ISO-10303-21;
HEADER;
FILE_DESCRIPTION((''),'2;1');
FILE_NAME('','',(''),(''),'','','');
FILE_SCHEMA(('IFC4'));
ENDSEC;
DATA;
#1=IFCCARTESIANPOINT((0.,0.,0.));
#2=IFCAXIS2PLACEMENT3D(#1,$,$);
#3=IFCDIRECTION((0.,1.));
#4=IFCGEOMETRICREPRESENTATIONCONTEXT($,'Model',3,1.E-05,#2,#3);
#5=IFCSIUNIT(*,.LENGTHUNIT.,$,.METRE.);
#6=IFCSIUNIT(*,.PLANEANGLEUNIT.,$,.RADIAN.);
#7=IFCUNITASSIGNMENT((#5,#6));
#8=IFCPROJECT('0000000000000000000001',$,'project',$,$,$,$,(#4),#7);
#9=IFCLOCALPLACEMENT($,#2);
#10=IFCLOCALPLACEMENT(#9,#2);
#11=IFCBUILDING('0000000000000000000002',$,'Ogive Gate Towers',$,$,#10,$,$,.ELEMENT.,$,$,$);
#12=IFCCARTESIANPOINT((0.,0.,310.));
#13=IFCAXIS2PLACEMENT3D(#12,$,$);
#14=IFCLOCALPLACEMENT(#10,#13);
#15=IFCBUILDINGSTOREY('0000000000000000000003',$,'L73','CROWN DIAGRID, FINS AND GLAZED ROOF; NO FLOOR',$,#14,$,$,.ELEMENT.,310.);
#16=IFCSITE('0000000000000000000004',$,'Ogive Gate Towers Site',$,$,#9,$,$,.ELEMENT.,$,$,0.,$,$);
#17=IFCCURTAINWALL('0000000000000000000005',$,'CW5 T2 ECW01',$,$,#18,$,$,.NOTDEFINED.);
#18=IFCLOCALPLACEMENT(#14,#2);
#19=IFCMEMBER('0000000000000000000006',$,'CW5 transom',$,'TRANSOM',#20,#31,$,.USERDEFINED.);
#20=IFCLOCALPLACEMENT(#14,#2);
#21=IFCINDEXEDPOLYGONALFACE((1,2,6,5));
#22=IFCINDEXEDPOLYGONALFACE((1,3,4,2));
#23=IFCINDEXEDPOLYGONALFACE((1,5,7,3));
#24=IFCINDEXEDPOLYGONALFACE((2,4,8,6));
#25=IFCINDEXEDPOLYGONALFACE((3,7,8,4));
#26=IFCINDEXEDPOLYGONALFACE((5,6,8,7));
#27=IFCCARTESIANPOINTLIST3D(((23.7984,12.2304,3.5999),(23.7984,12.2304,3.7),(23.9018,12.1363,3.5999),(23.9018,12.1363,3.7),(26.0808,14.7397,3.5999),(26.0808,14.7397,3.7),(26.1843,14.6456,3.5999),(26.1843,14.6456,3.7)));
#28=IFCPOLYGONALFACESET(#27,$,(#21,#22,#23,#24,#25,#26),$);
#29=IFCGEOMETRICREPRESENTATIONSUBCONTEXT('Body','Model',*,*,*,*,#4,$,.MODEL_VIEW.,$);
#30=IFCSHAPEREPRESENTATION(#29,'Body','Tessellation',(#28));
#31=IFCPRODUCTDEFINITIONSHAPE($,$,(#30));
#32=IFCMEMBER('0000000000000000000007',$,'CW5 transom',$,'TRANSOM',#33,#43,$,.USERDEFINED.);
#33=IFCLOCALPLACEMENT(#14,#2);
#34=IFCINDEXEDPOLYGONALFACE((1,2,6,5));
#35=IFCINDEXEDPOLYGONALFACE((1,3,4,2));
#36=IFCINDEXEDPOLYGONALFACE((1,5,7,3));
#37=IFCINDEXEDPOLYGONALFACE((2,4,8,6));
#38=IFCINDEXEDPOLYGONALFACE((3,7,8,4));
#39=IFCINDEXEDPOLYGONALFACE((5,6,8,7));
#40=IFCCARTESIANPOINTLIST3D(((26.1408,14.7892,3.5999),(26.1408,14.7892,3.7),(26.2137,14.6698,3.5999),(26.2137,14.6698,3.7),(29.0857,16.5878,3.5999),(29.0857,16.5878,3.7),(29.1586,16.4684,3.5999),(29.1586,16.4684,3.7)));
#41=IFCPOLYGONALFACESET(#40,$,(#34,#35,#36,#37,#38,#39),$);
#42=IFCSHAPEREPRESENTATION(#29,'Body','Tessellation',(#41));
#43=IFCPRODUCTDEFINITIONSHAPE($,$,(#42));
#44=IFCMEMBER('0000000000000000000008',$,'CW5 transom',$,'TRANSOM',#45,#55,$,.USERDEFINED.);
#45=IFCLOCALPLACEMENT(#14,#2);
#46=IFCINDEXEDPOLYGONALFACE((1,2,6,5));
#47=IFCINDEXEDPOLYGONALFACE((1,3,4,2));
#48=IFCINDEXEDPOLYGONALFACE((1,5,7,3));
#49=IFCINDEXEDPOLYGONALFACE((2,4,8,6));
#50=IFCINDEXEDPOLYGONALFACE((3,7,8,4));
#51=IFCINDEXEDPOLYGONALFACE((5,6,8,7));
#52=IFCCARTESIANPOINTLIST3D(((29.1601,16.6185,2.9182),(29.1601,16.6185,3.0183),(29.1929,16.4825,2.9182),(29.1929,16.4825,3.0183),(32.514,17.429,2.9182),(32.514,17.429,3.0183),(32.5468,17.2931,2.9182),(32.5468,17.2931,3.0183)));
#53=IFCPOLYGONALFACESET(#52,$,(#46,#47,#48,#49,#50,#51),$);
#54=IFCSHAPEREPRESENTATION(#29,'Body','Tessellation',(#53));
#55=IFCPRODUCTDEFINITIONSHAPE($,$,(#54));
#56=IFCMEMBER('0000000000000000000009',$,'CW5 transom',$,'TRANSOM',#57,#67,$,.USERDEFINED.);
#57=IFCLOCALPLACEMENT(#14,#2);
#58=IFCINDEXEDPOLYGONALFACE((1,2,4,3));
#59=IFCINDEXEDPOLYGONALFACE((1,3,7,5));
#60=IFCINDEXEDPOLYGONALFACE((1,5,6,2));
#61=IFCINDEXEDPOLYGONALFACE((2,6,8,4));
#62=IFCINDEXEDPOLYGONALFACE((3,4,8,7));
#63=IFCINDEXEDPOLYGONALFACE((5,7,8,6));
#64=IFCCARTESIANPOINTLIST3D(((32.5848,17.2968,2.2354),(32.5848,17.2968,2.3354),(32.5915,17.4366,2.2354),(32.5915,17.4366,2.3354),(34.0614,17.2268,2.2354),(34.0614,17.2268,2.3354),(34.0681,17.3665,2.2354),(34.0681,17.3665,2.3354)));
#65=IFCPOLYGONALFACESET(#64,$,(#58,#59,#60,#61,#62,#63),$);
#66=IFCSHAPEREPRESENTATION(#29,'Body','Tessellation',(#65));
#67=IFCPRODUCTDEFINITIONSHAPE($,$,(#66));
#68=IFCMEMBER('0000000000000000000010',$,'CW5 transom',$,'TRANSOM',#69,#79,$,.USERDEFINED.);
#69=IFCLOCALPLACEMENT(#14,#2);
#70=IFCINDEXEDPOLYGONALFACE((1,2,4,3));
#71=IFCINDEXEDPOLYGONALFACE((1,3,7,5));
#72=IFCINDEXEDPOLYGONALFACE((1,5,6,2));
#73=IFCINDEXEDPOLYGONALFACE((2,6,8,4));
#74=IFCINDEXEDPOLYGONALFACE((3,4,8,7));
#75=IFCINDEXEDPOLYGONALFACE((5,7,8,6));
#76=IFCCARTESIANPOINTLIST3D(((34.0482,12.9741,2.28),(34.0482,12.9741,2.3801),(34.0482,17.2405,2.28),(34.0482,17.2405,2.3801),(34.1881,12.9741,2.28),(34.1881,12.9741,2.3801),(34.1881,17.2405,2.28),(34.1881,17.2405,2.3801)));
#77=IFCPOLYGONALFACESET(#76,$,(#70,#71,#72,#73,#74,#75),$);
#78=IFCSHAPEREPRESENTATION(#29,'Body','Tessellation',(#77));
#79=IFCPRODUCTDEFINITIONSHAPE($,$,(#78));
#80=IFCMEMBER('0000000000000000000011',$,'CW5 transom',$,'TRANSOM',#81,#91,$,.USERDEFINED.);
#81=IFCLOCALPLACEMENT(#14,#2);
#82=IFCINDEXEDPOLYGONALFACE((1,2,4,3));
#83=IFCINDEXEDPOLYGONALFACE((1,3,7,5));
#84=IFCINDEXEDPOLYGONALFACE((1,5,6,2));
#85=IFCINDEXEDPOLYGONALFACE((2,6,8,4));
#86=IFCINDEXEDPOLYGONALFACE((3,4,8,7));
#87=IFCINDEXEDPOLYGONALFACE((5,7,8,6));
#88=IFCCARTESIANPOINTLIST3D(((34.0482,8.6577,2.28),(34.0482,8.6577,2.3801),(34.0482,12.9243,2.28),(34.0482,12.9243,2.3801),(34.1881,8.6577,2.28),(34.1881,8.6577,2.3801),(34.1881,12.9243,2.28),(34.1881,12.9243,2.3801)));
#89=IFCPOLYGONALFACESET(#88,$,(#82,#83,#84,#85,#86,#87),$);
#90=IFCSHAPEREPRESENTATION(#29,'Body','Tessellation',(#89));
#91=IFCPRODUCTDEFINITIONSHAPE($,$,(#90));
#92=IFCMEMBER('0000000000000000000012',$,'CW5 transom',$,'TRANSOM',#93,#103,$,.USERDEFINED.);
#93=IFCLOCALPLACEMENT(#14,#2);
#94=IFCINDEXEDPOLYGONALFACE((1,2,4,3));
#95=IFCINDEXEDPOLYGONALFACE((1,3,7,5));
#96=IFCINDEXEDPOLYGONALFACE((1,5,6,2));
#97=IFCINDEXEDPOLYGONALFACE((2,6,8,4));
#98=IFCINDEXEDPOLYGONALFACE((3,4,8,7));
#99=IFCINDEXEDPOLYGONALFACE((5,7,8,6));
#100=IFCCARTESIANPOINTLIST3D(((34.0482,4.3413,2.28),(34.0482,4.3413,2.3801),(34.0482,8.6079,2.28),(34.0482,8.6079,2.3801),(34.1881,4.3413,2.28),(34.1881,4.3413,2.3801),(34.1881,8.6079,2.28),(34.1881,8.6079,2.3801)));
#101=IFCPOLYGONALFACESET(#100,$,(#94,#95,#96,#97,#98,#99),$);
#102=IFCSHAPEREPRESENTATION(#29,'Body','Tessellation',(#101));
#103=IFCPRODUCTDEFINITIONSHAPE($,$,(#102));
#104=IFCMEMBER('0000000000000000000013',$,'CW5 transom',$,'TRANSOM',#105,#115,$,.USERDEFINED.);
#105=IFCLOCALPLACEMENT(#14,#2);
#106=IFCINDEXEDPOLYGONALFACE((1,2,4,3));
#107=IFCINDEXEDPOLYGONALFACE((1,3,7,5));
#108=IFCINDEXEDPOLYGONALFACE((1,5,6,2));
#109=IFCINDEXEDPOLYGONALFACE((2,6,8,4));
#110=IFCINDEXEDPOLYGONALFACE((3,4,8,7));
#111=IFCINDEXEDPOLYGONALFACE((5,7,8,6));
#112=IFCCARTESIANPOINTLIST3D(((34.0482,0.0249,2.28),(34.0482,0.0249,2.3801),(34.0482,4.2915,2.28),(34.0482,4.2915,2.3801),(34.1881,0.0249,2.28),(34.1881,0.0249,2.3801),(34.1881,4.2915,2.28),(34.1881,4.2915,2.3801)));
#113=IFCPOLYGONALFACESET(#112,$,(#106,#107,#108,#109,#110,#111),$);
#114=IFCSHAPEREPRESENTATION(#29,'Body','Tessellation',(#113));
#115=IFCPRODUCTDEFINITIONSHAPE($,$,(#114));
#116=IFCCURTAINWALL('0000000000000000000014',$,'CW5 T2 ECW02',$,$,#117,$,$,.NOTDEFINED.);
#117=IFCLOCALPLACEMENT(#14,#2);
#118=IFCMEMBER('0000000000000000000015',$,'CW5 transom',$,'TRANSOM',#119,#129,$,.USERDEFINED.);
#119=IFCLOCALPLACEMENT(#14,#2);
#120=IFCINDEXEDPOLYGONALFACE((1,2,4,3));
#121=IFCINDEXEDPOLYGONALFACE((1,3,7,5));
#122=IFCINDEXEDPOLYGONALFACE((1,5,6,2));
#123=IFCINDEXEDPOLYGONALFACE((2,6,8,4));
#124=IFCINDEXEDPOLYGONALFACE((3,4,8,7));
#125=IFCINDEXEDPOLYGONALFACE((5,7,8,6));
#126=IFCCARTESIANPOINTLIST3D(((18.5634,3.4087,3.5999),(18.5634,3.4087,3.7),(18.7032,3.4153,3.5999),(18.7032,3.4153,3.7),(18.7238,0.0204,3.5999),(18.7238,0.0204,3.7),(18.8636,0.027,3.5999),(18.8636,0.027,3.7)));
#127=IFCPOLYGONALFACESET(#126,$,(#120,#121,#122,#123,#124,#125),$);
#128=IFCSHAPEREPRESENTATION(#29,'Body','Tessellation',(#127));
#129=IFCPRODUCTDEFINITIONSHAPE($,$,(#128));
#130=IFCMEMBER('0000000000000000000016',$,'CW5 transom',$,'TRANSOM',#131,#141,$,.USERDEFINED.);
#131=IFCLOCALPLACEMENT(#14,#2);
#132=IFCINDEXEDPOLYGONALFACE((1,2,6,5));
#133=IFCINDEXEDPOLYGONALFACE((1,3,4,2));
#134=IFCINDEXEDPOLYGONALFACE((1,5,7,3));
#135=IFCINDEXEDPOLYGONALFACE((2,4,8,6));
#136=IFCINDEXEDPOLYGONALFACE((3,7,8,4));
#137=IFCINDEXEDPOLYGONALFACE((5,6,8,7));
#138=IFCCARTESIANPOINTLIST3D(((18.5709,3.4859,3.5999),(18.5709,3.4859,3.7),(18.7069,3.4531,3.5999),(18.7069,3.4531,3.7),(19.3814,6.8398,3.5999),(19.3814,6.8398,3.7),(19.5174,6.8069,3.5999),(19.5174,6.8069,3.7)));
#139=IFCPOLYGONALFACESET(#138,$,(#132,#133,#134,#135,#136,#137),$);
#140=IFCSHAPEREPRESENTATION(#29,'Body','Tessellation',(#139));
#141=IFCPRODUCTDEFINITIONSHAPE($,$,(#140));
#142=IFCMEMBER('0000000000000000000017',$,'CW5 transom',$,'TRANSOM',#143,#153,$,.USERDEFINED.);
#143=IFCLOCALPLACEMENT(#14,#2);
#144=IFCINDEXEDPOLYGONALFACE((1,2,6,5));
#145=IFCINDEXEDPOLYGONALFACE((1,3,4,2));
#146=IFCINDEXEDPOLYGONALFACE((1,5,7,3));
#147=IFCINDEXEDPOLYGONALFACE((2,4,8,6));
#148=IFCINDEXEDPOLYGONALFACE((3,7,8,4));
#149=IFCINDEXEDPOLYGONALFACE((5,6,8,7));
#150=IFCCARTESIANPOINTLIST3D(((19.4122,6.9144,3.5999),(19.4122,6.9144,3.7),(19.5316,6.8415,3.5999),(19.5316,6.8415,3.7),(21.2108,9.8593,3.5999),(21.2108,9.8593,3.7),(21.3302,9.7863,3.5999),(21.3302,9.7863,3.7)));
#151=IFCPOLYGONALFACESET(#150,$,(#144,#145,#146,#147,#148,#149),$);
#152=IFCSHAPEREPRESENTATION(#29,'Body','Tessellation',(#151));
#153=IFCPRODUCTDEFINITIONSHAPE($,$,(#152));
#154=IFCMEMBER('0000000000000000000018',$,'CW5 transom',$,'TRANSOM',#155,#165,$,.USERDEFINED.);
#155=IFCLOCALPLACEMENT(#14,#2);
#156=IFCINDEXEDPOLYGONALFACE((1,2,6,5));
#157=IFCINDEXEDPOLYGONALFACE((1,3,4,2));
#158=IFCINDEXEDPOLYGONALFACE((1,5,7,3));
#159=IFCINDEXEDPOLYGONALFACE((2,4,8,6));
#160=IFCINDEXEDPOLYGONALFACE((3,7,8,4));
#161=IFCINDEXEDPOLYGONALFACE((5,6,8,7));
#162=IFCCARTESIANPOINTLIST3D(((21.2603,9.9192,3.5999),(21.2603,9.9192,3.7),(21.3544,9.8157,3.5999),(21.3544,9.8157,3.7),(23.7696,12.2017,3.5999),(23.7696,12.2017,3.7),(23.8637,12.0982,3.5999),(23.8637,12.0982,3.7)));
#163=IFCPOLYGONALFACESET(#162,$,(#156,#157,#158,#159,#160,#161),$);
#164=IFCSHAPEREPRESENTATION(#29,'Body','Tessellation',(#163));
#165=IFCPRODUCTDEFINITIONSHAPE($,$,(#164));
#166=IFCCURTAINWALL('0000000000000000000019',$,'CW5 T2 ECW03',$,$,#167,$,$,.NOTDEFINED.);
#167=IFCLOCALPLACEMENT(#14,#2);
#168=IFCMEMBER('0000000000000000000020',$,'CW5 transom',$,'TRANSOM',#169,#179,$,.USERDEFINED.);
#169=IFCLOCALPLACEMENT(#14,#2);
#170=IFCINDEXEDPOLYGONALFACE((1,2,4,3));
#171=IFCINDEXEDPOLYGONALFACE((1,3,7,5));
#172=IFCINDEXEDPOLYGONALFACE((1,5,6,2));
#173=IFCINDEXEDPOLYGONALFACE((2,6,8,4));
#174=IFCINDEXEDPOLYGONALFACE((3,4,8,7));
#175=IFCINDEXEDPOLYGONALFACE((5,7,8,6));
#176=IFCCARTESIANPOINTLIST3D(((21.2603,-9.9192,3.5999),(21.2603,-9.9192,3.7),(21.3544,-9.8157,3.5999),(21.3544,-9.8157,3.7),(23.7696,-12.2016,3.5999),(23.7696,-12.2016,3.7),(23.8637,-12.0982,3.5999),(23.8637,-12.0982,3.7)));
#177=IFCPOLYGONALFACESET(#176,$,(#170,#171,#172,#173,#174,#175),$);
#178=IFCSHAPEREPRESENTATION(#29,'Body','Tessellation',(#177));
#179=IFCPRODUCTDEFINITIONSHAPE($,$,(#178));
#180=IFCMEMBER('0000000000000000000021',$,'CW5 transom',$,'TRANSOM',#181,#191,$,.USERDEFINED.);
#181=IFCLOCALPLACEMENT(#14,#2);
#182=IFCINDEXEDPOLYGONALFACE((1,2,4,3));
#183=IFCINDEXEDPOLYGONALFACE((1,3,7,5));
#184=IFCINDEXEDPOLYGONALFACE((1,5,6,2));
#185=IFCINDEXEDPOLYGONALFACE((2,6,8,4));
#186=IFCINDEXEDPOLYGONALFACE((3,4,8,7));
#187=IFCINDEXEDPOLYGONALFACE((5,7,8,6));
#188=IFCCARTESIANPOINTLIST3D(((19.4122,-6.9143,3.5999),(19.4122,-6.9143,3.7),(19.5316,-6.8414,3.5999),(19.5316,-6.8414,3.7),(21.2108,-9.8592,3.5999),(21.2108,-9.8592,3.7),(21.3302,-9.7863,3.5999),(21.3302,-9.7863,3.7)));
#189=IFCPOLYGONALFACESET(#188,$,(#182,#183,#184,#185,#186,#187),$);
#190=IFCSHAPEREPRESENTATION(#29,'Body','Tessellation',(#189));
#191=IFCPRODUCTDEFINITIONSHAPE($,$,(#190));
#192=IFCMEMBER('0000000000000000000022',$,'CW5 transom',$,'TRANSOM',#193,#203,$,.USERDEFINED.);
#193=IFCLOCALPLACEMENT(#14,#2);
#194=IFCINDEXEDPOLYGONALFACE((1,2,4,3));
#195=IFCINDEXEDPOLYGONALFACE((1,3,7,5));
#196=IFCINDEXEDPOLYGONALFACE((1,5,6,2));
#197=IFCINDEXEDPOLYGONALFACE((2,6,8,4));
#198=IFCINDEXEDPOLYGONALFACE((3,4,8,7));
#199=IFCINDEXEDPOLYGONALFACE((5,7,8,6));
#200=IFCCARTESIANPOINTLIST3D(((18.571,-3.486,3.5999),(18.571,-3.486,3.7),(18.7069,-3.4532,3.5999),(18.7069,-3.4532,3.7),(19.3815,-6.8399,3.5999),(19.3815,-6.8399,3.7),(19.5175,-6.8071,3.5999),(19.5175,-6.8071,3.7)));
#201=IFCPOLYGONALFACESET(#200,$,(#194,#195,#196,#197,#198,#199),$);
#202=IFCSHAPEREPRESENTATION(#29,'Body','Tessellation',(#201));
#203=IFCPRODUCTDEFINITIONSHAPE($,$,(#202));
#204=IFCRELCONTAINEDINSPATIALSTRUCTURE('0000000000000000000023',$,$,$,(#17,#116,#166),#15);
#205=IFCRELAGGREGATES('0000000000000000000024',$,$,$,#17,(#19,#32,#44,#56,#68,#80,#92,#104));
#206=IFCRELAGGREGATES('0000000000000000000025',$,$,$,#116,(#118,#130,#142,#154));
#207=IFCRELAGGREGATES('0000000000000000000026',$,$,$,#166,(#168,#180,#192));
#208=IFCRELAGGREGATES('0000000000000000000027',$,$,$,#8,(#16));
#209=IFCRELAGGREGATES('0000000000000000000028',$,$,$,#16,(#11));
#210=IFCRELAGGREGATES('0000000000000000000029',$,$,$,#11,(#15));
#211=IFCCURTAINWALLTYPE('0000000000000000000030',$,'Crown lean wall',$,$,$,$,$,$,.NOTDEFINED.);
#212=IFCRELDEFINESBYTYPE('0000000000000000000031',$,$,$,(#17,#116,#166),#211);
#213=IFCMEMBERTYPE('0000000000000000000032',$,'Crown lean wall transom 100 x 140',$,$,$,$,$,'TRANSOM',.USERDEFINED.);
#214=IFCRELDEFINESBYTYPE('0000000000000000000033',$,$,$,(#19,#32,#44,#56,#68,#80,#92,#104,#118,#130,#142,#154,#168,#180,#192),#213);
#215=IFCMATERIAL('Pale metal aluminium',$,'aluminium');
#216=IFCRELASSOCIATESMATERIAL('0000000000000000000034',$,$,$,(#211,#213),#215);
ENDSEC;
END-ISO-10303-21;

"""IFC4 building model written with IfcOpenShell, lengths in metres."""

from ifc_helpers import new_model, si_unit, direction, frame, origin, origin_2d, place, context, subcontext, project, spatial, rectangle, extrude, material, material_profile, profile_set, type_object, element, aggregate, save


model = new_model("IFC4")

# Units and contexts
model_context = context("Model", 3, precision=1e-05, world=origin(), true_north=direction((0.0, 1.0)))
body_context = subcontext(model_context, "Body", "Model", "MODEL_VIEW")
ifc_project = project(units=[si_unit("LENGTHUNIT", "METRE"), si_unit("PLANEANGLEUNIT", "RADIAN")], contexts=[model_context])

# Site, building, storey
site_placement = place(None, origin())
site = spatial("IfcSite", under=ifc_project, at=site_placement, Name="Ogive Gate Towers Site", CompositionType="ELEMENT", RefElevation=0.0)
building_placement = place(site_placement, origin())
building = spatial("IfcBuilding", under=site, at=building_placement, Name="Ogive Gate Towers", CompositionType="ELEMENT")
storey_placement = place(building_placement, frame((0.0, 0.0, 310.0)))
storey = spatial("IfcBuildingStorey", under=building, at=storey_placement, Name="L73", Description="CROWN DIAGRID, FINS AND GLAZED ROOF; NO FLOOR", CompositionType="ELEMENT", Elevation=310.0)

# Curtain walls, members
ifc_material_1 = material(Name="Pale metal aluminium", Category="aluminium")
curtain_wall_type = type_object("IfcCurtainWallType", Name="Crown lean wall", PredefinedType="NOTDEFINED", material=ifc_material_1)
curtain_wall_1_placement = place(storey_placement, origin())
curtain_wall_1 = element("IfcCurtainWall", 1, at=curtain_wall_1_placement, inside=storey, type_object=curtain_wall_type, Name="CW5 T2 ECW01", PredefinedType="NOTDEFINED")
ifc_material_profile_1 = material_profile(ifc_material_1, rectangle(XDim=0.1399, YDim=0.1001, at=origin_2d()), Name="100 x 140 aluminium box")
ifc_profile_set_1 = profile_set([ifc_material_profile_1], Name="Pale metal aluminium")
member_type = type_object("IfcMemberType", Name="Crown lean wall transom 100 x 140", ElementType="TRANSOM", PredefinedType="USERDEFINED", material=ifc_profile_set_1)
member_1_placement = place(storey_placement, frame((23.8501, 12.1833, 3.6499), z_axis=(0.672884, 0.739748, 0.0), x_axis=(-0.739748, 0.672884, 0.0)))
member_1 = element("IfcMember", 2, at=member_1_placement, type_object=member_type, Name="CW5 transom", ObjectType="TRANSOM", PredefinedType="USERDEFINED", context=body_context, shape_type="SweptSolid", body=[
    extrude(rectangle(XDim=0.1399, YDim=0.1001, at=origin_2d()), origin(), (0.0, 0.0, 1.0), 3.3921),
])
member_2_placement = place(storey_placement, frame((26.1772, 14.7295, 3.6499), z_axis=(0.853415, 0.521232, 0.0), x_axis=(-0.521232, 0.853415, 0.0)))
member_2 = element("IfcMember", 3, at=member_2_placement, type_object=member_type, Name="CW5 transom", ObjectType="TRANSOM", PredefinedType="USERDEFINED", context=body_context, shape_type="SweptSolid", body=[
    extrude(rectangle(XDim=0.1399, YDim=0.1001, at=origin_2d()), origin(), (0.0, 0.0, 1.0), 3.4507),
])
member_3_placement = place(storey_placement, frame((29.1765, 16.5505, 2.9683), z_axis=(0.972019, 0.234903, 0.0), x_axis=(-0.234903, 0.972019, 0.0)))
member_3 = element("IfcMember", 4, at=member_3_placement, type_object=member_type, Name="CW5 transom", ObjectType="TRANSOM", PredefinedType="USERDEFINED", context=body_context, shape_type="SweptSolid", body=[
    extrude(rectangle(XDim=0.1399, YDim=0.1001, at=origin_2d()), origin(), (0.0, 0.0, 1.0), 3.4504),
])
member_4_placement = place(storey_placement, frame((32.5881, 17.3667, 2.2854), z_axis=(0.998876, -0.0474, 0.0), x_axis=(0.0474, 0.998876, 0.0)))
member_4 = element("IfcMember", 5, at=member_4_placement, type_object=member_type, Name="CW5 transom", ObjectType="TRANSOM", PredefinedType="USERDEFINED", context=body_context, shape_type="SweptSolid", body=[
    extrude(rectangle(XDim=0.1399, YDim=0.1001, at=origin_2d()), origin(), (0.0, 0.0, 1.0), 1.4783),
])
member_5_placement = place(storey_placement, frame((34.1182, 17.2405, 2.3301), z_axis=(0.0, -1.0, 0.0), x_axis=(1.0, 0.0, 0.0)))
member_5 = element("IfcMember", 6, at=member_5_placement, type_object=member_type, Name="CW5 transom", ObjectType="TRANSOM", PredefinedType="USERDEFINED", context=body_context, shape_type="SweptSolid", body=[
    extrude(rectangle(XDim=0.1399, YDim=0.1001, at=origin_2d()), origin(), (0.0, 0.0, 1.0), 4.2664),
])
member_6_placement = place(storey_placement, frame((34.1182, 12.9243, 2.3301), z_axis=(0.0, -1.0, 0.0), x_axis=(1.0, 0.0, 0.0)))
member_6 = element("IfcMember", 7, at=member_6_placement, type_object=member_type, Name="CW5 transom", ObjectType="TRANSOM", PredefinedType="USERDEFINED", context=body_context, shape_type="SweptSolid", body=[
    extrude(rectangle(XDim=0.1399, YDim=0.1001, at=origin_2d()), origin(), (0.0, 0.0, 1.0), 4.2666),
])
member_7_placement = place(storey_placement, frame((34.1182, 8.6079, 2.3301), z_axis=(0.0, -1.0, 0.0), x_axis=(1.0, 0.0, 0.0)))
member_7 = element("IfcMember", 8, at=member_7_placement, type_object=member_type, Name="CW5 transom", ObjectType="TRANSOM", PredefinedType="USERDEFINED", context=body_context, shape_type="SweptSolid", body=[
    extrude(rectangle(XDim=0.1399, YDim=0.1001, at=origin_2d()), origin(), (0.0, 0.0, 1.0), 4.2666),
])
member_8_placement = place(storey_placement, frame((34.1182, 4.2915, 2.3301), z_axis=(0.0, -1.0, 0.0), x_axis=(1.0, 0.0, 0.0)))
member_8 = element("IfcMember", 9, at=member_8_placement, type_object=member_type, Name="CW5 transom", ObjectType="TRANSOM", PredefinedType="USERDEFINED", context=body_context, shape_type="SweptSolid", body=[
    extrude(rectangle(XDim=0.1399, YDim=0.1001, at=origin_2d()), origin(), (0.0, 0.0, 1.0), 4.2666),
])
aggregate(curtain_wall_1, [member_1, member_2, member_3, member_4, member_5, member_6, member_7, member_8])
curtain_wall_2_placement = place(storey_placement, origin())
curtain_wall_2 = element("IfcCurtainWall", 10, at=curtain_wall_2_placement, inside=storey, type_object=curtain_wall_type, Name="CW5 T2 ECW02", PredefinedType="NOTDEFINED")
member_9_placement = place(storey_placement, frame((18.7937, 0.0237, 3.6499), z_axis=(-0.047288, 0.998881, 0.0), x_axis=(-0.998881, -0.047288, 0.0)))
member_9 = element("IfcMember", 11, at=member_9_placement, type_object=member_type, Name="CW5 transom", ObjectType="TRANSOM", PredefinedType="USERDEFINED", context=body_context, shape_type="SweptSolid", body=[
    extrude(rectangle(XDim=0.1399, YDim=0.1001, at=origin_2d()), origin(), (0.0, 0.0, 1.0), 3.3921),
])
member_10_placement = place(storey_placement, frame((18.6389, 3.4695, 3.6499), z_axis=(0.234903, 0.972019, 0.0), x_axis=(-0.972019, 0.234903, 0.0)))
member_10 = element("IfcMember", 12, at=member_10_placement, type_object=member_type, Name="CW5 transom", ObjectType="TRANSOM", PredefinedType="USERDEFINED", context=body_context, shape_type="SweptSolid", body=[
    extrude(rectangle(XDim=0.1399, YDim=0.1001, at=origin_2d()), origin(), (0.0, 0.0, 1.0), 3.4504),
])
member_11_placement = place(storey_placement, frame((19.4719, 6.8779, 3.6499), z_axis=(0.521232, 0.853415, 0.0), x_axis=(-0.853415, 0.521232, 0.0)))
member_11 = element("IfcMember", 13, at=member_11_placement, type_object=member_type, Name="CW5 transom", ObjectType="TRANSOM", PredefinedType="USERDEFINED", context=body_context, shape_type="SweptSolid", body=[
    extrude(rectangle(XDim=0.1399, YDim=0.1001, at=origin_2d()), origin(), (0.0, 0.0, 1.0), 3.4507),
])
member_12_placement = place(storey_placement, frame((21.3074, 9.8674, 3.6499), z_axis=(0.739748, 0.672884, 0.0), x_axis=(-0.672884, 0.739748, 0.0)))
member_12 = element("IfcMember", 14, at=member_12_placement, type_object=member_type, Name="CW5 transom", ObjectType="TRANSOM", PredefinedType="USERDEFINED", context=body_context, shape_type="SweptSolid", body=[
    extrude(rectangle(XDim=0.1399, YDim=0.1001, at=origin_2d()), origin(), (0.0, 0.0, 1.0), 3.3921),
])
aggregate(curtain_wall_2, [member_9, member_10, member_11, member_12])
curtain_wall_3_placement = place(storey_placement, origin())
curtain_wall_3 = element("IfcCurtainWall", 15, at=curtain_wall_3_placement, inside=storey, type_object=curtain_wall_type, Name="CW5 T2 ECW03", PredefinedType="NOTDEFINED")
member_13_placement = place(storey_placement, frame((23.8167, -12.1499, 3.6499), z_axis=(-0.739748, 0.672884, 0.0), x_axis=(-0.672884, -0.739748, 0.0)))
member_13 = element("IfcMember", 16, at=member_13_placement, type_object=member_type, Name="CW5 transom", ObjectType="TRANSOM", PredefinedType="USERDEFINED", context=body_context, shape_type="SweptSolid", body=[
    extrude(rectangle(XDim=0.1399, YDim=0.1001, at=origin_2d()), origin(), (0.0, 0.0, 1.0), 3.3921),
])
member_14_placement = place(storey_placement, frame((21.2705, -9.8228, 3.6499), z_axis=(-0.521232, 0.853415, 0.0), x_axis=(-0.853415, -0.521232, 0.0)))
member_14 = element("IfcMember", 17, at=member_14_placement, type_object=member_type, Name="CW5 transom", ObjectType="TRANSOM", PredefinedType="USERDEFINED", context=body_context, shape_type="SweptSolid", body=[
    extrude(rectangle(XDim=0.1399, YDim=0.1001, at=origin_2d()), origin(), (0.0, 0.0, 1.0), 3.4507),
])
member_15_placement = place(storey_placement, frame((19.4495, -6.8235, 3.6499), z_axis=(-0.234903, 0.972019, 0.0), x_axis=(-0.972019, -0.234903, 0.0)))
member_15 = element("IfcMember", 18, at=member_15_placement, type_object=member_type, Name="CW5 transom", ObjectType="TRANSOM", PredefinedType="USERDEFINED", context=body_context, shape_type="SweptSolid", body=[
    extrude(rectangle(XDim=0.1399, YDim=0.1001, at=origin_2d()), origin(), (0.0, 0.0, 1.0), 3.4504),
])
aggregate(curtain_wall_3, [member_13, member_14, member_15])

save(model, "model.ifc")
